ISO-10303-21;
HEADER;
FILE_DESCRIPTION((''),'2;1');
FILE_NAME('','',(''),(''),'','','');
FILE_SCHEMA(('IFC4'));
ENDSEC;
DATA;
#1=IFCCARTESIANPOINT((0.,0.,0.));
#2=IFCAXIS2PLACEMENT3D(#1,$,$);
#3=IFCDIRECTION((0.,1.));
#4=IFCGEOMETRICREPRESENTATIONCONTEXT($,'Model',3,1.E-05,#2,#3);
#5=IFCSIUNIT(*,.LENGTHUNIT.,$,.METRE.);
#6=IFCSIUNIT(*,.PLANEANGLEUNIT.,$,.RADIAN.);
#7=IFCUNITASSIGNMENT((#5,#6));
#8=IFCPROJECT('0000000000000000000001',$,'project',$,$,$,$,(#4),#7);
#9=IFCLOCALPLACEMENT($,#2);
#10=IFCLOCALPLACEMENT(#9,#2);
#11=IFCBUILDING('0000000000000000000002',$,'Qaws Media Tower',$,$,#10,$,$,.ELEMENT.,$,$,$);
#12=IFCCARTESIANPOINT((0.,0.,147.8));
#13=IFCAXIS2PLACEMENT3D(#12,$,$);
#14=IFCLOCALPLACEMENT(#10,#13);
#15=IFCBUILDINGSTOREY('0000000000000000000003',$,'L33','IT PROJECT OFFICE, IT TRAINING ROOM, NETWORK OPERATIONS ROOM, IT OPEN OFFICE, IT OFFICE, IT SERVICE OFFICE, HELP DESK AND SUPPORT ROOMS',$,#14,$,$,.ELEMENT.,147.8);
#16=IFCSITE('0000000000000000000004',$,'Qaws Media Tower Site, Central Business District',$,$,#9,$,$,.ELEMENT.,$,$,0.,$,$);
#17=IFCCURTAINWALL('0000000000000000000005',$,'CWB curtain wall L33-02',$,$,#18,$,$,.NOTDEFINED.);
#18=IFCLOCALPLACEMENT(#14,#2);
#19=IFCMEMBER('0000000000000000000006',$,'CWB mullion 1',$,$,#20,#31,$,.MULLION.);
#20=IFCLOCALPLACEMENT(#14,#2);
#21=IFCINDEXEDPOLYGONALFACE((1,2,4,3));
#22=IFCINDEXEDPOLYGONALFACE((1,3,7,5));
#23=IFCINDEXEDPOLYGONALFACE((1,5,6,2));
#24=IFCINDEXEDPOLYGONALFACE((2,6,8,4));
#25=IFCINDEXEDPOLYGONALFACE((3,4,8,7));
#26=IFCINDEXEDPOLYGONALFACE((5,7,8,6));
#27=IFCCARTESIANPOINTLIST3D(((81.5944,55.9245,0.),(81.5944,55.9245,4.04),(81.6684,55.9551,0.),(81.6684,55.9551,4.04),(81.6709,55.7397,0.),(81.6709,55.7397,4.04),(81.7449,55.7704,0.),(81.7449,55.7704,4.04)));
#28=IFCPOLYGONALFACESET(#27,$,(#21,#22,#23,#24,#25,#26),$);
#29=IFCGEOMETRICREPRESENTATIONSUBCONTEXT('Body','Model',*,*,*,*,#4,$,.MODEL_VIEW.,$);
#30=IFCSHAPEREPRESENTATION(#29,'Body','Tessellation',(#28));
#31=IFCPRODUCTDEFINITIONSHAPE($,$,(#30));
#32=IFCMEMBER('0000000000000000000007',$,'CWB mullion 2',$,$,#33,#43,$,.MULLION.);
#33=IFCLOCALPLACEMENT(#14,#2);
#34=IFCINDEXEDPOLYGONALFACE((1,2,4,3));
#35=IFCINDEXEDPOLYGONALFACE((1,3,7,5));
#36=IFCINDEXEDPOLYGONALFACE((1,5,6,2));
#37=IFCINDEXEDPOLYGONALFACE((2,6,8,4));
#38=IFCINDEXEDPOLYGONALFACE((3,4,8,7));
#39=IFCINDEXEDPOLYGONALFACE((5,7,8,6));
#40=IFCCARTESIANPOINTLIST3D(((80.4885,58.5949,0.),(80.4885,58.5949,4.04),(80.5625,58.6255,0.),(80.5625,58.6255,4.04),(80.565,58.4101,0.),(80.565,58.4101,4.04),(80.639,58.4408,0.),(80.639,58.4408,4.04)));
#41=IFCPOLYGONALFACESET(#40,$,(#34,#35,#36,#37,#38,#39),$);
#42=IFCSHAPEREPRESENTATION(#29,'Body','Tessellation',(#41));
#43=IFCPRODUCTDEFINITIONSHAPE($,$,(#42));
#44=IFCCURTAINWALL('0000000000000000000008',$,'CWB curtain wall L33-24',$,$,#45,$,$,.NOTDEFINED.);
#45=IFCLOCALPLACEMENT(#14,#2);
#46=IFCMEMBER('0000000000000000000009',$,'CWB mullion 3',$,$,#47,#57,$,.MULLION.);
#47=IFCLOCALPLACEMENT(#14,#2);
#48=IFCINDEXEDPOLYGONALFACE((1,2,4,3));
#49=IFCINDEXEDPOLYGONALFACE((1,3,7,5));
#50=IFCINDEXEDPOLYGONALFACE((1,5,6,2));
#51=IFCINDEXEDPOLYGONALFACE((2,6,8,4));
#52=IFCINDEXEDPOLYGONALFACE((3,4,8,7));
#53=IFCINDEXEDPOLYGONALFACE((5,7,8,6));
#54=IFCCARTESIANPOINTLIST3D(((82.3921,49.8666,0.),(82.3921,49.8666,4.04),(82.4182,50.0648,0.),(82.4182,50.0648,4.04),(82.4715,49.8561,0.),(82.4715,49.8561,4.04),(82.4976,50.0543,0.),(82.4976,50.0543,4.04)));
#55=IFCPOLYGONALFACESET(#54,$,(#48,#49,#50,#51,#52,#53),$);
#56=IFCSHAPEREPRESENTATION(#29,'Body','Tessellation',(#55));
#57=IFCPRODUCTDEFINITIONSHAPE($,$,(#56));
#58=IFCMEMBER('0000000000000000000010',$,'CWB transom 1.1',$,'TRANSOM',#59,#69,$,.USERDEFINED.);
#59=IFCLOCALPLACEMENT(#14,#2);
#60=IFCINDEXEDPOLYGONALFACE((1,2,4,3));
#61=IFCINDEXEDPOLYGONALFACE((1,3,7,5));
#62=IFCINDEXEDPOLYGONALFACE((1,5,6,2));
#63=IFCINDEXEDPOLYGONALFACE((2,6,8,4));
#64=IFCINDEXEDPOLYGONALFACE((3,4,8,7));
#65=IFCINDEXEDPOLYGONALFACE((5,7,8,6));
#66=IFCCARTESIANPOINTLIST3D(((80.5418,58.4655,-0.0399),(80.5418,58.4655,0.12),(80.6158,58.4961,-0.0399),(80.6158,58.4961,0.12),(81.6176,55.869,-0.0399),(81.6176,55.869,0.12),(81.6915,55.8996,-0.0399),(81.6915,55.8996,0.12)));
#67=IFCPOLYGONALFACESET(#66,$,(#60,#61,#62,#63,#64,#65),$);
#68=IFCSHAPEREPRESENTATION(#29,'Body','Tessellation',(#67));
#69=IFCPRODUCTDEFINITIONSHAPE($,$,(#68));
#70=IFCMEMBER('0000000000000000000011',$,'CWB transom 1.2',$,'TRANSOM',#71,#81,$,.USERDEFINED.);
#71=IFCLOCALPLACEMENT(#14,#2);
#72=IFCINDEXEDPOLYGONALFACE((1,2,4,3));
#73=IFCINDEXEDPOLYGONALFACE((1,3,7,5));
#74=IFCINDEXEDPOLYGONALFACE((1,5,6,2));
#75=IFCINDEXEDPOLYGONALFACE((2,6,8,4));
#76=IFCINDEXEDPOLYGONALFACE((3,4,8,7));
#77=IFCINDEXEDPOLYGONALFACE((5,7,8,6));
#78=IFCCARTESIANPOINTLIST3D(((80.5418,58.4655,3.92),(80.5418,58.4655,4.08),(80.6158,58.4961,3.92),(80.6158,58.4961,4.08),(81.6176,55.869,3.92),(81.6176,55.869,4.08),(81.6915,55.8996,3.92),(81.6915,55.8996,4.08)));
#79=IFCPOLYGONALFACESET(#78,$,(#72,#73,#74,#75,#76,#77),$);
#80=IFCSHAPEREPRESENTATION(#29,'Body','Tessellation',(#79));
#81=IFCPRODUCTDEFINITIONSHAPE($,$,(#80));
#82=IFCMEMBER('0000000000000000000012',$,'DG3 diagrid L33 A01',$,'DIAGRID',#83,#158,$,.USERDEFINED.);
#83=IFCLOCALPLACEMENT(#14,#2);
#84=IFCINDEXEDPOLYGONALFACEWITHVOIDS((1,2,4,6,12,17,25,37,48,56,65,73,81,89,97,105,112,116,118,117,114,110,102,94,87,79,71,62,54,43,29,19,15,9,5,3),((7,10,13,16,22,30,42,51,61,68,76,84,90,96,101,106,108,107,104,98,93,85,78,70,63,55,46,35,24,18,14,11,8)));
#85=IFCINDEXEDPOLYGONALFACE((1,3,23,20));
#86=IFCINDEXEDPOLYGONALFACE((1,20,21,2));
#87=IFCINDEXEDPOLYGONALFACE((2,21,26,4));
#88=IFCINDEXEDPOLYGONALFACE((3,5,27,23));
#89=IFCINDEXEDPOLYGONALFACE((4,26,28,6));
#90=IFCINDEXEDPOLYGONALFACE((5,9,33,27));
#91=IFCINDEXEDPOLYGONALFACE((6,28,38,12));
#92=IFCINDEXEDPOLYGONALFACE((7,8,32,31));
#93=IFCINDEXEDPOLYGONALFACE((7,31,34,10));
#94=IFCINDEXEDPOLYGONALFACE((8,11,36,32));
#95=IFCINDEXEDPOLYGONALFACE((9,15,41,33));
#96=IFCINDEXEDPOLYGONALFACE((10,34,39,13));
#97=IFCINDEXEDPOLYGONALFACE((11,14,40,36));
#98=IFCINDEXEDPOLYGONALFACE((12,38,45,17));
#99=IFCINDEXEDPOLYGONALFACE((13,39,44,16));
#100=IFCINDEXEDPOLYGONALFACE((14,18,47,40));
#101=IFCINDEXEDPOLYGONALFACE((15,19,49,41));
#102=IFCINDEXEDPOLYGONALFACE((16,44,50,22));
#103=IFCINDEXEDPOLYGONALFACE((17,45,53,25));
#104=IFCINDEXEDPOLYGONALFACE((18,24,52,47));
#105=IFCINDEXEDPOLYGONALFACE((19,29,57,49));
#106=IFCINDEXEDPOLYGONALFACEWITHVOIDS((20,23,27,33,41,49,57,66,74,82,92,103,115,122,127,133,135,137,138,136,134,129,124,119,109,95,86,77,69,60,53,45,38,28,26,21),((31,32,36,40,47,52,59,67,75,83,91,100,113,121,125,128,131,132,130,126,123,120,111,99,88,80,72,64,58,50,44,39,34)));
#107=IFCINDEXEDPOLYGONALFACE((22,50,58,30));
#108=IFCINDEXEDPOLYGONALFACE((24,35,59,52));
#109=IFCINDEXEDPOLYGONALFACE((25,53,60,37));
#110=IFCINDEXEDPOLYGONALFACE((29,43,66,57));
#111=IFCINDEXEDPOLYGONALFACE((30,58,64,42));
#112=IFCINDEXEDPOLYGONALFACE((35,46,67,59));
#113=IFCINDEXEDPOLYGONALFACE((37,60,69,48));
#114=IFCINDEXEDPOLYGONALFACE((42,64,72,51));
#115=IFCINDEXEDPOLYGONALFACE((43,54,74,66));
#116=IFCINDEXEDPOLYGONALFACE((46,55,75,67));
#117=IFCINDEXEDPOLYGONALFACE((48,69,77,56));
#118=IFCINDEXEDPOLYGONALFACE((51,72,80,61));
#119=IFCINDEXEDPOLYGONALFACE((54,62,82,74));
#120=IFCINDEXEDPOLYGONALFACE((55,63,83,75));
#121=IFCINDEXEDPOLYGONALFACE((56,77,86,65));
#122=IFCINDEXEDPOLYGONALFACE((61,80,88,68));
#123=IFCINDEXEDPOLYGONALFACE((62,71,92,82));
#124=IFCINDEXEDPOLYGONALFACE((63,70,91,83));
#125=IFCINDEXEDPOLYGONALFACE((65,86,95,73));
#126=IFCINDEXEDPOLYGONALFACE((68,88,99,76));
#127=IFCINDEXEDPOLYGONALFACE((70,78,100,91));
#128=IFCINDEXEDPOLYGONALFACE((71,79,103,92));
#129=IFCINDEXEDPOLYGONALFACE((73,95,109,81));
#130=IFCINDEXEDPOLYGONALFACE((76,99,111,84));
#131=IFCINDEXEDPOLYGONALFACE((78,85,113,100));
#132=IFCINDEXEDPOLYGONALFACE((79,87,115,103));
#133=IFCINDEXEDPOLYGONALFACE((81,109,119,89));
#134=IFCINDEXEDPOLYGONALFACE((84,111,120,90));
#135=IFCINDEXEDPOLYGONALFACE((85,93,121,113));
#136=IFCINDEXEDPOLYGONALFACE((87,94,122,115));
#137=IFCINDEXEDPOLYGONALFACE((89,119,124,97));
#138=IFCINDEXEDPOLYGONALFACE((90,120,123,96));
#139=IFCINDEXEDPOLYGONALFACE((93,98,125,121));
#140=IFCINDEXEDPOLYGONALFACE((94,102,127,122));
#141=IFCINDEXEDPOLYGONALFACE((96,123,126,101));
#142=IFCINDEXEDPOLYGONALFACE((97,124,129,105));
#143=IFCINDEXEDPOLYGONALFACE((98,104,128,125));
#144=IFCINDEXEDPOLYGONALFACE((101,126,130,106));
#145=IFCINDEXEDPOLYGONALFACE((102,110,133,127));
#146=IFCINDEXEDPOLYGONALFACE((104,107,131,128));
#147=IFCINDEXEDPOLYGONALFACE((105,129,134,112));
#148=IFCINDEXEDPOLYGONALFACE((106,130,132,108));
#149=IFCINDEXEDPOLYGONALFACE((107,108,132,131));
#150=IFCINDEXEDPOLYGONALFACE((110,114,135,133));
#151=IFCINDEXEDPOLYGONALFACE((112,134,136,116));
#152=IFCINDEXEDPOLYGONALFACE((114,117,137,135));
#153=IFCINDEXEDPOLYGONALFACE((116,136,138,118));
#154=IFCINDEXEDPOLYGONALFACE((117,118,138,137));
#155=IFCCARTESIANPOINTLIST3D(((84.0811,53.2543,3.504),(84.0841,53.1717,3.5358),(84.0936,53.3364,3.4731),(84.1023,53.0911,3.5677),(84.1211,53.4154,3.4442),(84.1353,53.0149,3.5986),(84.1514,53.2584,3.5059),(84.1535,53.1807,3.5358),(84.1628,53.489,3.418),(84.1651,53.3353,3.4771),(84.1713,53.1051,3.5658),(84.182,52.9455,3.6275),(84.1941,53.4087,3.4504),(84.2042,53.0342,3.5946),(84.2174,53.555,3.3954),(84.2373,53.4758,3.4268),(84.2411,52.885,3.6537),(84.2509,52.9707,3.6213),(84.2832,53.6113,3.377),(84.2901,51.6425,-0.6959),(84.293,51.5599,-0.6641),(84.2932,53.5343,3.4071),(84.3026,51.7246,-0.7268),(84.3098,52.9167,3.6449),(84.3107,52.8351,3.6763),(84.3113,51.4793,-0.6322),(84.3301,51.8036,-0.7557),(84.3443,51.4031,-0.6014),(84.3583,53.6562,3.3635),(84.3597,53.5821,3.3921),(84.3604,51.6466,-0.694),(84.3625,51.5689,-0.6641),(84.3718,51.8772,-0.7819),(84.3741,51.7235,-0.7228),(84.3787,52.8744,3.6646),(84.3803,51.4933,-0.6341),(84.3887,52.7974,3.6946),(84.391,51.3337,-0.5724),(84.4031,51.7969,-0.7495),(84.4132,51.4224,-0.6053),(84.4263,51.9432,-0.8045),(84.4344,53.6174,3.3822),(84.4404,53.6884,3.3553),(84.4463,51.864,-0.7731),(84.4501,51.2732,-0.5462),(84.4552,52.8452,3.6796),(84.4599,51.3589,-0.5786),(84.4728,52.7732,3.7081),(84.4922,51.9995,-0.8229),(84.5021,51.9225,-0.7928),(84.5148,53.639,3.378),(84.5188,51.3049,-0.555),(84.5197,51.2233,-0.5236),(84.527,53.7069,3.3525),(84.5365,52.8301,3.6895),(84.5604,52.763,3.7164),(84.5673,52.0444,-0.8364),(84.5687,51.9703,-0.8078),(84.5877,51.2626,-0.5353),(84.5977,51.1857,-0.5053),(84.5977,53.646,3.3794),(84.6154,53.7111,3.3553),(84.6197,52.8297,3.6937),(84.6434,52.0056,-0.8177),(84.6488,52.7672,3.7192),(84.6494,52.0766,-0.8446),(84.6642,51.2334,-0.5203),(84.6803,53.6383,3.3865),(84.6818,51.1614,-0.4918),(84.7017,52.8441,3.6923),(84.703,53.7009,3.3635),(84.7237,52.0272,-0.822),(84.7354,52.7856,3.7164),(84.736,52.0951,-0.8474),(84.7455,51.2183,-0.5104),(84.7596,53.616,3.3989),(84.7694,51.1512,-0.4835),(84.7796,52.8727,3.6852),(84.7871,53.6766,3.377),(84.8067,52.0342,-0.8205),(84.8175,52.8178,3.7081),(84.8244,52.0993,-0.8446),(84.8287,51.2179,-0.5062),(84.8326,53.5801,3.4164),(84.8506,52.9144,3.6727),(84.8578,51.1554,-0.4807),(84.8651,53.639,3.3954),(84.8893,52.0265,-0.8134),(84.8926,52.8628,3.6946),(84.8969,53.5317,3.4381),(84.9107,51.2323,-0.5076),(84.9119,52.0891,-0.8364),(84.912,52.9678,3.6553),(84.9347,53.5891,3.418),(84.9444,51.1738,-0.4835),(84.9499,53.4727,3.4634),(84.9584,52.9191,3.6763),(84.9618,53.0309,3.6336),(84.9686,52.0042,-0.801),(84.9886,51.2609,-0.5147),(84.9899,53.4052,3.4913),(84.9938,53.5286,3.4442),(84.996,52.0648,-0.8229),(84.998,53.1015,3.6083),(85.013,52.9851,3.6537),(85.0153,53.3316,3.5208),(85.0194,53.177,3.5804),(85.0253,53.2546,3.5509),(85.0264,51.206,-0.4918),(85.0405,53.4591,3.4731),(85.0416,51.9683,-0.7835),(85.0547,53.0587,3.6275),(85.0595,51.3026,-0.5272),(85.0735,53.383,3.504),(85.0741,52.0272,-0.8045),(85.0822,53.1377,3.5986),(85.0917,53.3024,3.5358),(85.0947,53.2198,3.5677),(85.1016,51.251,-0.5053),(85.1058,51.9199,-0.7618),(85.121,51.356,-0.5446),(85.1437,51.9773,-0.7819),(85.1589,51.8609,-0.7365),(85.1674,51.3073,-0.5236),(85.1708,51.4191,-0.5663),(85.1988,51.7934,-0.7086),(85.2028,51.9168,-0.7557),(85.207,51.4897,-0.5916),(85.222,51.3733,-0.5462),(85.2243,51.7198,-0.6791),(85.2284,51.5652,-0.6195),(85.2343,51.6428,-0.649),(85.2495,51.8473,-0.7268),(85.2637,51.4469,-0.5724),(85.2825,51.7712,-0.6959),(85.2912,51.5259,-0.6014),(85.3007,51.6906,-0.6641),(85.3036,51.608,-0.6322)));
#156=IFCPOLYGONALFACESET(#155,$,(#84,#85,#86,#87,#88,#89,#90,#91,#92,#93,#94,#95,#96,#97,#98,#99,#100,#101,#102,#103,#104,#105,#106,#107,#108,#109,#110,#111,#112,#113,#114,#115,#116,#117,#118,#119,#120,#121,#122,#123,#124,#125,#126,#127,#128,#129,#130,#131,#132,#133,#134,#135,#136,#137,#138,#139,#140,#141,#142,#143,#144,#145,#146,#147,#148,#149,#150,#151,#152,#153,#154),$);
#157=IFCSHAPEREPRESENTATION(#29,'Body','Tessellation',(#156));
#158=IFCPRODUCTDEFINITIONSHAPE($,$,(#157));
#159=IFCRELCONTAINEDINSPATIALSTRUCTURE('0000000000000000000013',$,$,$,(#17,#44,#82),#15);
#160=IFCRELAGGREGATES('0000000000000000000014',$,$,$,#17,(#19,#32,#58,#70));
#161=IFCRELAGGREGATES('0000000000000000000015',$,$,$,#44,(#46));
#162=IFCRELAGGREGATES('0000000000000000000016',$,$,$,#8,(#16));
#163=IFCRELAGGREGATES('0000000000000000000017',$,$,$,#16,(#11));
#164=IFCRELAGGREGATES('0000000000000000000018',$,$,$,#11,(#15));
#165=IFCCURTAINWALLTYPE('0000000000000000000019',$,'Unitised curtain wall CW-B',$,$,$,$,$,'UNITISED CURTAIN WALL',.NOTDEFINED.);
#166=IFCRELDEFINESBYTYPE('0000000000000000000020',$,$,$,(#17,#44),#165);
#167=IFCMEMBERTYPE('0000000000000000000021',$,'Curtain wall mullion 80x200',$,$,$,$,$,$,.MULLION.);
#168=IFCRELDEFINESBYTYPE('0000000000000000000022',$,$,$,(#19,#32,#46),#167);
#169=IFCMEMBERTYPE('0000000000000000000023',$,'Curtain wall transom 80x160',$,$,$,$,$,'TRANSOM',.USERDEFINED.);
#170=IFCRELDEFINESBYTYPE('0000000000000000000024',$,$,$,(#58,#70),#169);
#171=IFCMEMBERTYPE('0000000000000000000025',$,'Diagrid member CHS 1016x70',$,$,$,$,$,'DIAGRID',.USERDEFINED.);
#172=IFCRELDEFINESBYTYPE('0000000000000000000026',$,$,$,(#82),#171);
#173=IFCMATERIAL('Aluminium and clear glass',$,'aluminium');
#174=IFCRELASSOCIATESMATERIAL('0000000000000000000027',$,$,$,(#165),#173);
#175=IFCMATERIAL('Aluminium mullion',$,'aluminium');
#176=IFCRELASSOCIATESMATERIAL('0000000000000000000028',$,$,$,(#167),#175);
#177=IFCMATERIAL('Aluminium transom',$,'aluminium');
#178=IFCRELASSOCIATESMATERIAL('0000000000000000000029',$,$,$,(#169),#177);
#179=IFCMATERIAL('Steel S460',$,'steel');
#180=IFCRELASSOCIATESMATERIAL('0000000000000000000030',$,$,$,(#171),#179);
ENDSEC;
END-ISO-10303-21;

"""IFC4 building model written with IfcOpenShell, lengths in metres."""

from ifc_helpers import new_model, si_unit, direction, frame, origin, origin_2d, place, context, subcontext, project, spatial, rectangle, hollow_circle, extrude, material, material_profile, profile_set, type_object, element, aggregate, save


model = new_model("IFC4")

# Units and contexts
model_context = context("Model", 3, precision=1e-05, world=origin(), true_north=direction((0.0, 1.0)))
body_context = subcontext(model_context, "Body", "Model", "MODEL_VIEW")
ifc_project = project(units=[si_unit("LENGTHUNIT", "METRE"), si_unit("PLANEANGLEUNIT", "RADIAN")], contexts=[model_context])

# Site, building, storey
site_placement = place(None, origin())
site = spatial("IfcSite", under=ifc_project, at=site_placement, Name="Qaws Media Tower Site, Central Business District", CompositionType="ELEMENT", RefElevation=0.0)
building_placement = place(site_placement, origin())
building = spatial("IfcBuilding", under=site, at=building_placement, Name="Qaws Media Tower", CompositionType="ELEMENT")
storey_placement = place(building_placement, frame((0.0, 0.0, 147.8)))
storey = spatial("IfcBuildingStorey", under=building, at=storey_placement, Name="L33", Description="IT PROJECT OFFICE, IT TRAINING ROOM, NETWORK OPERATIONS ROOM, IT OPEN OFFICE, IT OFFICE, IT SERVICE OFFICE, HELP DESK AND SUPPORT ROOMS", CompositionType="ELEMENT", Elevation=147.8)

# Curtain wall, members
ifc_material_1 = material(Name="Aluminium and clear glass", Category="aluminium")
curtain_wall_type = type_object("IfcCurtainWallType", Name="Unitised curtain wall CW-B", ElementType="UNITISED CURTAIN WALL", PredefinedType="NOTDEFINED", material=ifc_material_1)
curtain_wall_1_placement = place(storey_placement, origin())
curtain_wall_1 = element("IfcCurtainWall", 1, at=curtain_wall_1_placement, inside=storey, type_object=curtain_wall_type, Name="CWB curtain wall L33-02", PredefinedType="NOTDEFINED")
ifc_material_2 = material(Name="Aluminium mullion", Category="aluminium")
ifc_material_profile_1 = material_profile(ifc_material_2, rectangle(XDim=0.0801, YDim=0.2, at=origin_2d()), Name="80x200")
ifc_profile_set_1 = profile_set([ifc_material_profile_1], Name="Aluminium mullion")
member_type_1 = type_object("IfcMemberType", Name="Curtain wall mullion 80x200", PredefinedType="MULLION", material=ifc_profile_set_1)
member_1_placement = place(storey_placement, frame((81.6697, 55.8474, 0.0), z_axis=(0.0, 0.0, 1.0), x_axis=(-0.923879, -0.382684, 0.0)))
member_1 = element("IfcMember", 2, at=member_1_placement, type_object=member_type_1, Name="CWB mullion 1", PredefinedType="MULLION", context=body_context, shape_type="SweptSolid", body=[
    extrude(rectangle(XDim=0.0801, YDim=0.2, at=origin_2d()), origin(), (0.0, 0.0, 1.0), 4.04),
])
member_2_placement = place(storey_placement, frame((80.5637, 58.5178, 0.0), z_axis=(0.0, 0.0, 1.0), x_axis=(-0.923879, -0.382684, 0.0)))
member_2 = element("IfcMember", 3, at=member_2_placement, type_object=member_type_1, Name="CWB mullion 2", PredefinedType="MULLION", context=body_context, shape_type="SweptSolid", body=[
    extrude(rectangle(XDim=0.0801, YDim=0.2, at=origin_2d()), origin(), (0.0, 0.0, 1.0), 4.04),
])

# Curtain wall, member
curtain_wall_2_placement = place(storey_placement, origin())
curtain_wall_2 = element("IfcCurtainWall", 4, at=curtain_wall_2_placement, inside=storey, type_object=curtain_wall_type, Name="CWB curtain wall L33-24", PredefinedType="NOTDEFINED")
member_3_placement = place(storey_placement, frame((82.4448, 49.9604, 0.0), z_axis=(0.0, 0.0, 1.0), x_axis=(-0.991445, 0.130526, 0.0)))
member_3 = element("IfcMember", 5, at=member_3_placement, type_object=member_type_1, Name="CWB mullion 3", PredefinedType="MULLION", context=body_context, shape_type="SweptSolid", body=[
    extrude(rectangle(XDim=0.0801, YDim=0.2, at=origin_2d()), origin(), (0.0, 0.0, 1.0), 4.04),
])

# Members
ifc_material_3 = material(Name="Aluminium transom", Category="aluminium")
ifc_material_profile_2 = material_profile(ifc_material_3, rectangle(XDim=0.0801, YDim=0.1599, at=origin_2d()), Name="80x160")
ifc_profile_set_2 = profile_set([ifc_material_profile_2], Name="Aluminium transom")
member_type_2 = type_object("IfcMemberType", Name="Curtain wall transom 80x160", ElementType="TRANSOM", PredefinedType="USERDEFINED", material=ifc_profile_set_2)
member_4_placement = place(storey_placement, frame((81.6545, 55.8843, 0.04), z_axis=(-0.382746, 0.923854, 0.0), x_axis=(-0.923854, -0.382746, 0.0)))
member_4 = element("IfcMember", 6, at=member_4_placement, type_object=member_type_2, Name="CWB transom 1.1", ObjectType="TRANSOM", PredefinedType="USERDEFINED", context=body_context, shape_type="SweptSolid", body=[
    extrude(rectangle(XDim=0.0801, YDim=0.1599, at=origin_2d()), origin(), (0.0, 0.0, 1.0), 2.8105),
])
member_5_placement = place(storey_placement, frame((81.6545, 55.8843, 4.0), z_axis=(-0.382746, 0.923854, 0.0), x_axis=(-0.923854, -0.382746, 0.0)))
member_5 = element("IfcMember", 7, at=member_5_placement, type_object=member_type_2, Name="CWB transom 1.2", ObjectType="TRANSOM", PredefinedType="USERDEFINED", context=body_context, shape_type="SweptSolid", body=[
    extrude(rectangle(XDim=0.0801, YDim=0.1599, at=origin_2d()), origin(), (0.0, 0.0, 1.0), 2.8105),
])

# Member
ifc_material_4 = material(Name="Steel S460", Category="steel")
ifc_material_profile_3 = material_profile(ifc_material_4, hollow_circle(Radius=0.5081, WallThickness=0.0701, at=origin_2d()), Name="CHS 1016x70")
ifc_profile_set_3 = profile_set([ifc_material_profile_3], Name="Steel S460")
member_type_3 = type_object("IfcMemberType", Name="Diagrid member CHS 1016x70", ElementType="DIAGRID", PredefinedType="USERDEFINED", material=ifc_profile_set_3)
for number, where, z_axis, x_axis, name in (
    (8, (84.7969, 51.6252, -0.6641), (-0.046405, 0.357906, 0.932604), (-0.991699, -0.128581, 0.0), "DG3 diagrid L33 A01"),
):
    element("IfcMember", number, at=place(storey_placement, frame(where, z_axis=z_axis, x_axis=x_axis)), inside=storey, type_object=member_type_3, Name=name, ObjectType="DIAGRID", PredefinedType="USERDEFINED", context=body_context, shape_type="SweptSolid", body=[
        extrude(hollow_circle(Radius=0.5081, WallThickness=0.0701, at=origin_2d()), origin(), (0.0, 0.0, 1.0), 4.5034),
    ])

aggregate(curtain_wall_1, [member_1, member_2, member_4, member_5])
aggregate(curtain_wall_2, [member_3])

save(model, "model.ifc")
